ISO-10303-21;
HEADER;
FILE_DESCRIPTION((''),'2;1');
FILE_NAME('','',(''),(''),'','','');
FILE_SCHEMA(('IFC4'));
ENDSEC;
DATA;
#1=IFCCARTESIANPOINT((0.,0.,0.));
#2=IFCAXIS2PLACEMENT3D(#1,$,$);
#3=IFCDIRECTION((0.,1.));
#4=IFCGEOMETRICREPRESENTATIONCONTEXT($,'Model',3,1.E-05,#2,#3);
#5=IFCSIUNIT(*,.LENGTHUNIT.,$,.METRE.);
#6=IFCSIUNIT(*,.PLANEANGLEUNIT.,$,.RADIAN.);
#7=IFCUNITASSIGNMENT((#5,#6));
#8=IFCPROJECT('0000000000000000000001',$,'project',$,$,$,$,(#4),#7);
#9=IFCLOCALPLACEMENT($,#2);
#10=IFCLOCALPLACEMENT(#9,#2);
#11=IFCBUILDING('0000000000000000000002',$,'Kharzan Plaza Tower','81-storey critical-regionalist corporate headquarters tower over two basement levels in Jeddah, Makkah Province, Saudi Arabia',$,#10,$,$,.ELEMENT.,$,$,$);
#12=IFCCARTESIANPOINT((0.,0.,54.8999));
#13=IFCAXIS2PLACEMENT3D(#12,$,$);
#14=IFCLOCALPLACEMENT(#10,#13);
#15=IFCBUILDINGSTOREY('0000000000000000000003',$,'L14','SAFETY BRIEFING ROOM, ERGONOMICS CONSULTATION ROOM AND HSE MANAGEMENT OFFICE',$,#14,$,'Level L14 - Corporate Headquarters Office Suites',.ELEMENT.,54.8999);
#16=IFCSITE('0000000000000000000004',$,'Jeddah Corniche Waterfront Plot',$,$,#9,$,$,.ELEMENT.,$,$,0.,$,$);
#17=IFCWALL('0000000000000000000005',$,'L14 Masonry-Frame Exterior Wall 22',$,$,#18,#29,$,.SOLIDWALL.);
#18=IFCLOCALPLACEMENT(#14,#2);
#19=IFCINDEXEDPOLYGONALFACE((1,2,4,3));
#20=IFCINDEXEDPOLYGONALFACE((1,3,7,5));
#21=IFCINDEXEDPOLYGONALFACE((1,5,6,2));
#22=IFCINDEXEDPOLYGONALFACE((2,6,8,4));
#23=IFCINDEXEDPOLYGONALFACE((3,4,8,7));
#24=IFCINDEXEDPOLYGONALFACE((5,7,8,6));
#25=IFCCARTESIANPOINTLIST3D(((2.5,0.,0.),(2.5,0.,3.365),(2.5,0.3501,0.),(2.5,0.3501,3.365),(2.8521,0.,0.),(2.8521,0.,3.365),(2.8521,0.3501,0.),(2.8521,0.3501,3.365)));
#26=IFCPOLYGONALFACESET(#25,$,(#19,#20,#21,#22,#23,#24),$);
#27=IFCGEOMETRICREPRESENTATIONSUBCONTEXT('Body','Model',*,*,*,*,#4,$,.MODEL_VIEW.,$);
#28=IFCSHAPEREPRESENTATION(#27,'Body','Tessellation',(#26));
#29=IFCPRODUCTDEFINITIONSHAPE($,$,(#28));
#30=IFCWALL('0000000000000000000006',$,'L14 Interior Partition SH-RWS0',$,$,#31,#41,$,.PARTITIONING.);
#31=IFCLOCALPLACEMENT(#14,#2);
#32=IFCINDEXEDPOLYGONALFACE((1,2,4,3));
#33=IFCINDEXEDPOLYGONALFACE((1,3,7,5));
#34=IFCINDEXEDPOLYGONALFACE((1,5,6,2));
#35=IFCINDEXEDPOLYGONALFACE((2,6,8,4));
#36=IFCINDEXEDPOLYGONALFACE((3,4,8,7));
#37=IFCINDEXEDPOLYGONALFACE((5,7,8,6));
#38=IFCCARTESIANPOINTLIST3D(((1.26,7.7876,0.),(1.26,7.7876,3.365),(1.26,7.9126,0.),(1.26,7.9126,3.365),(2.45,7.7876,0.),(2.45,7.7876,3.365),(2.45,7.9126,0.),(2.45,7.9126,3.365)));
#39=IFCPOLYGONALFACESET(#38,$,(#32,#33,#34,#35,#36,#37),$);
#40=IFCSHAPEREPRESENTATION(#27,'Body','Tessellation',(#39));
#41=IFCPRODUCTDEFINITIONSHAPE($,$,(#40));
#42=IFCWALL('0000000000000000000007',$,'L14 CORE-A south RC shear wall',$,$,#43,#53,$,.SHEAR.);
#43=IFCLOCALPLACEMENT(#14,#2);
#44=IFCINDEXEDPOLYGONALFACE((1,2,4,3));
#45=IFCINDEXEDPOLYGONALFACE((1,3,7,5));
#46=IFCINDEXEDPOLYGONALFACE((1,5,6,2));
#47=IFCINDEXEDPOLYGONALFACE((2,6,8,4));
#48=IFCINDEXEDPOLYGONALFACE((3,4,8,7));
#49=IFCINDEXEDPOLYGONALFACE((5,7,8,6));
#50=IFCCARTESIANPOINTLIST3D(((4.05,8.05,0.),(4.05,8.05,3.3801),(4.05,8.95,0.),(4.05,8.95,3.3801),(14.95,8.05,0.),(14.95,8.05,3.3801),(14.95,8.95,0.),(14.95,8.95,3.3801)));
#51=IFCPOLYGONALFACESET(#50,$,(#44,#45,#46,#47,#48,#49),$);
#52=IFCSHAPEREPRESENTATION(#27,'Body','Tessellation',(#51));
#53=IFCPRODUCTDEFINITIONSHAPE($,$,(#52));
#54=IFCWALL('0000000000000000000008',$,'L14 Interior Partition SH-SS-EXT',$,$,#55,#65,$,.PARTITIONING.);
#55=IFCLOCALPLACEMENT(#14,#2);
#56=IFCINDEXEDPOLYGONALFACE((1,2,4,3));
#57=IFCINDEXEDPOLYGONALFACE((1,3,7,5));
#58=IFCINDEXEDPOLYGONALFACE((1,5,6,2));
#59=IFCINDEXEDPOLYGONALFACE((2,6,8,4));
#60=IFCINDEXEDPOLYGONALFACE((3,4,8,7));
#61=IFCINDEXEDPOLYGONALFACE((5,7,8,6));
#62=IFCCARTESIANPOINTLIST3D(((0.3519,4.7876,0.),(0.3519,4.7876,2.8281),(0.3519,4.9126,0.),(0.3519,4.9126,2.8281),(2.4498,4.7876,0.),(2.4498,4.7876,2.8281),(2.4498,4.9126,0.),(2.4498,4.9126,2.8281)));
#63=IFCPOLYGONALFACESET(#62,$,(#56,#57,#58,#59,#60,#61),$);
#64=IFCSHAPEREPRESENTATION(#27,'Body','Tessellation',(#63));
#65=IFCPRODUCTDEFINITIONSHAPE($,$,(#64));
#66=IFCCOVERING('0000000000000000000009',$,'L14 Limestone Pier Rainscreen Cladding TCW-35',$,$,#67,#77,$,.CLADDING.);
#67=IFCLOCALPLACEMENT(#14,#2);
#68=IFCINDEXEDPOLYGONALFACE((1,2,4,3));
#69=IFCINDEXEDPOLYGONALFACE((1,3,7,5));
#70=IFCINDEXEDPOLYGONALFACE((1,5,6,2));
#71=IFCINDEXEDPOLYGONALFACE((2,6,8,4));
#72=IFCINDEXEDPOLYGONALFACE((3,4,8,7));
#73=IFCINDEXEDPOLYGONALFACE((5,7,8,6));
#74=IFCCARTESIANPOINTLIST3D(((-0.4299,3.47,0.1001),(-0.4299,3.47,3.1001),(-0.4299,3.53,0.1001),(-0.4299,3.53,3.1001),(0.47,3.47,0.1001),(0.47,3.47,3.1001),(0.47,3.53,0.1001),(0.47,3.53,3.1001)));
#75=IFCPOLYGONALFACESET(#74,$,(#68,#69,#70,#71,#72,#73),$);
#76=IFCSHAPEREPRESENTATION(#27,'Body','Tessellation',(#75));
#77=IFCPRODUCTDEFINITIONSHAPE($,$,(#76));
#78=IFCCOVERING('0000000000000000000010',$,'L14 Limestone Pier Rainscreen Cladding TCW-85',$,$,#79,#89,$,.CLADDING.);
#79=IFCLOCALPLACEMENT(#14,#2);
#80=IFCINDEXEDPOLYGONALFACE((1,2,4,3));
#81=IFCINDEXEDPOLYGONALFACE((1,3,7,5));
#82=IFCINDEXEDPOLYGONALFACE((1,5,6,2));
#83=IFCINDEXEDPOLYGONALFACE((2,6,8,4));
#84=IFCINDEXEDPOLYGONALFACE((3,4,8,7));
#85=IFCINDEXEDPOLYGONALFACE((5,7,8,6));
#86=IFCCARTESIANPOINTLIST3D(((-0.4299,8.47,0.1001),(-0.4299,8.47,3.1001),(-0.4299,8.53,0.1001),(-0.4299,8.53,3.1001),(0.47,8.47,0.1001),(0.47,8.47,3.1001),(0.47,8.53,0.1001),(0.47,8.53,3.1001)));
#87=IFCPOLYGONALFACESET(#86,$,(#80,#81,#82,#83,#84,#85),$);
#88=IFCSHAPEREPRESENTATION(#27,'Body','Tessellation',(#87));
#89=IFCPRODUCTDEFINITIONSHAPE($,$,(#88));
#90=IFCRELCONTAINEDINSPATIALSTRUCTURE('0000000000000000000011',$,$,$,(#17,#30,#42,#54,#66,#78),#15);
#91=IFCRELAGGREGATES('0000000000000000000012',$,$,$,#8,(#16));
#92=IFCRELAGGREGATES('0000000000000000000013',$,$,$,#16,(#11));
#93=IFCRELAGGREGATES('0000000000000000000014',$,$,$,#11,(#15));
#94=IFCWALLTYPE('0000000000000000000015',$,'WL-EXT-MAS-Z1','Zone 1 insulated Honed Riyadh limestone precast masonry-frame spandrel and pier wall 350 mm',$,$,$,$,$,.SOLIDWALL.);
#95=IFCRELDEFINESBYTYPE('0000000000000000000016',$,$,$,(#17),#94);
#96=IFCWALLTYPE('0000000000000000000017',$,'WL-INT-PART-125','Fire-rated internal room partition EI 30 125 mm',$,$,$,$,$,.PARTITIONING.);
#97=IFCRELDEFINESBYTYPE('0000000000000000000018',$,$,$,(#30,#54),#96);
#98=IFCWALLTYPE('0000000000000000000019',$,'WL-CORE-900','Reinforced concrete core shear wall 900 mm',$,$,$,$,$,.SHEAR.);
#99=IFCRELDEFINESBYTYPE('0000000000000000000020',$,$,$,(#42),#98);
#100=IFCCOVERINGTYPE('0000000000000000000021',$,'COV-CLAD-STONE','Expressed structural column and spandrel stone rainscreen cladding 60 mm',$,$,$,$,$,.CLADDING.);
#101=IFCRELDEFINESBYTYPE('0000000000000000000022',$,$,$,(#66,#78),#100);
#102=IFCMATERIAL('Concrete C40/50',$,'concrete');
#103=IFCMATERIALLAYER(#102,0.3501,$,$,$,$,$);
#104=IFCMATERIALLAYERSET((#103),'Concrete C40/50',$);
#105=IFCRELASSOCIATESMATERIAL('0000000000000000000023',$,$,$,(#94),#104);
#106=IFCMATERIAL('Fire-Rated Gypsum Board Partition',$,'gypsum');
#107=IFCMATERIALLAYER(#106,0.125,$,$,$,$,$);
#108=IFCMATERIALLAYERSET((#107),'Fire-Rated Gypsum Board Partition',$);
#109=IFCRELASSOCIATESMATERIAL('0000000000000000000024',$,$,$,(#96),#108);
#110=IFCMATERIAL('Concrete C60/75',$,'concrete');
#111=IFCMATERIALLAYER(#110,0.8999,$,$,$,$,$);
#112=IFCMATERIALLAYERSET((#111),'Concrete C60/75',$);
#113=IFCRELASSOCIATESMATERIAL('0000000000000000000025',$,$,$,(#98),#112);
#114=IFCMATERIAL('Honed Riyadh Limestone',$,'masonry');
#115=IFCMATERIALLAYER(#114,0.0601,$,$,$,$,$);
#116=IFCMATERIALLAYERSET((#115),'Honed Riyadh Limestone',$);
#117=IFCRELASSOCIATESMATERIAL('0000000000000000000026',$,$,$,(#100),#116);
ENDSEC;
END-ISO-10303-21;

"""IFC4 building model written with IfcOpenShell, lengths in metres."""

from ifc_helpers import new_model, si_unit, direction, frame, frame_2d, origin, origin_2d, place, context, subcontext, project, spatial, rectangle, extrude, source, transform, mapped, material, layer, layer_set, type_object, element, save


model = new_model("IFC4")

# Units and contexts
model_context = context("Model", 3, precision=1e-05, world=origin(), true_north=direction((0.0, 1.0)))
body_context = subcontext(model_context, "Body", "Model", "MODEL_VIEW")
ifc_project = project(units=[si_unit("LENGTHUNIT", "METRE"), si_unit("PLANEANGLEUNIT", "RADIAN")], contexts=[model_context])

# Site, building, storey
site_placement = place(None, origin())
site = spatial("IfcSite", under=ifc_project, at=site_placement, Name="Jeddah Corniche Waterfront Plot", CompositionType="ELEMENT", RefElevation=0.0)
building_placement = place(site_placement, origin())
building = spatial("IfcBuilding", under=site, at=building_placement, Name="Kharzan Plaza Tower", Description="81-storey critical-regionalist corporate headquarters tower over two basement levels in Jeddah, Makkah Province, Saudi Arabia", CompositionType="ELEMENT")
storey_placement = place(building_placement, frame((0.0, 0.0, 54.8999)))
storey = spatial("IfcBuildingStorey", under=building, at=storey_placement, Name="L14", Description="SAFETY BRIEFING ROOM, ERGONOMICS CONSULTATION ROOM AND HSE MANAGEMENT OFFICE", LongName="Level L14 - Corporate Headquarters Office Suites", CompositionType="ELEMENT", Elevation=54.8999)

# Shared definitions
ifc_material_1 = material(Name="Concrete C60/75", Category="concrete")

# Shared definitions
ifc_material_2 = material(Name="Concrete C40/50", Category="concrete")

# Shared definitions
ifc_layer_1 = layer(ifc_material_2, 0.3501)
ifc_layer_set_1 = layer_set([ifc_layer_1], Name="Concrete C40/50")
wall_type_1 = type_object("IfcWallType", Name="WL-EXT-MAS-Z1", Description="Zone 1 insulated Honed Riyadh limestone precast masonry-frame spandrel and pier wall 350 mm", PredefinedType="SOLIDWALL", material=ifc_layer_set_1)

# Shared definitions
ifc_material_3 = material(Name="Fire-Rated Gypsum Board Partition", Category="gypsum")
ifc_layer_2 = layer(ifc_material_3, 0.125)
ifc_layer_set_2 = layer_set([ifc_layer_2], Name="Fire-Rated Gypsum Board Partition")
wall_type_2 = type_object("IfcWallType", Name="WL-INT-PART-125", Description="Fire-rated internal room partition EI 30 125 mm", PredefinedType="PARTITIONING", material=ifc_layer_set_2)

# Walls
shared_shape_1 = source(origin(), body_context, "Body", "SweptSolid", [
    extrude(rectangle(XDim=0.3521, YDim=0.3501, at=frame_2d((0.176, 0.0))), origin(), (0.0, 0.0, 1.0), 3.365),
])
wall_1_placement = place(storey_placement, frame((2.5, 0.175, 0.0), z_axis=(0.0, 0.0, 1.0), x_axis=(1.0, 0.0, 0.0)))
element("IfcWall", 1, at=wall_1_placement, inside=storey, type_object=wall_type_1, Name="L14 Masonry-Frame Exterior Wall 22", PredefinedType="SOLIDWALL", context=body_context, shape_type="MappedRepresentation", body=[
    mapped(shared_shape_1, transform((0.0, 0.0, 0.0), x_axis=(1.0, 0.0, 0.0), y_axis=(0.0, 1.0, 0.0), z_axis=(0.0, 0.0, 1.0))),
])
shared_shape_2 = source(origin(), body_context, "Body", "SweptSolid", [
    extrude(rectangle(XDim=1.1899, YDim=0.125, at=frame_2d((0.595, 0.0))), origin(), (0.0, 0.0, 1.0), 3.365),
])
wall_2_placement = place(storey_placement, frame((1.26, 7.8501, 0.0), z_axis=(0.0, 0.0, 1.0), x_axis=(1.0, 0.0, 0.0)))
element("IfcWall", 2, at=wall_2_placement, inside=storey, type_object=wall_type_2, Name="L14 Interior Partition SH-RWS0", PredefinedType="PARTITIONING", context=body_context, shape_type="MappedRepresentation", body=[
    mapped(shared_shape_2, transform((0.0, 0.0, 0.0), x_axis=(1.0, 0.0, 0.0), y_axis=(0.0, 1.0, 0.0), z_axis=(0.0, 0.0, 1.0))),
])
ifc_layer_3 = layer(ifc_material_1, 0.8999)
ifc_layer_set_3 = layer_set([ifc_layer_3], Name="Concrete C60/75")
wall_type_3 = type_object("IfcWallType", Name="WL-CORE-900", Description="Reinforced concrete core shear wall 900 mm", PredefinedType="SHEAR", material=ifc_layer_set_3)
shared_shape_3 = source(origin(), body_context, "Body", "SweptSolid", [
    extrude(rectangle(XDim=10.8999, YDim=0.8999, at=frame_2d((5.45, 0.0))), origin(), (0.0, 0.0, 1.0), 3.3801),
])
wall_3_placement = place(storey_placement, frame((4.05, 8.5, 0.0), z_axis=(0.0, 0.0, 1.0), x_axis=(1.0, 0.0, 0.0)))
element("IfcWall", 3, at=wall_3_placement, inside=storey, type_object=wall_type_3, Name="L14 CORE-A south RC shear wall", PredefinedType="SHEAR", context=body_context, shape_type="MappedRepresentation", body=[
    mapped(shared_shape_3, transform((0.0, 0.0, 0.0), x_axis=(1.0, 0.0, 0.0), y_axis=(0.0, 1.0, 0.0), z_axis=(0.0, 0.0, 1.0))),
])
shared_shape_4 = source(origin(), body_context, "Body", "SweptSolid", [
    extrude(rectangle(XDim=2.0979, YDim=0.125, at=frame_2d((1.0488, 0.0))), origin(), (0.0, 0.0, 1.0), 2.8281),
])
wall_4_placement = place(storey_placement, frame((0.3521, 4.8501, 0.0), z_axis=(0.0, 0.0, 1.0), x_axis=(1.0, 0.0, 0.0)))
element("IfcWall", 4, at=wall_4_placement, inside=storey, type_object=wall_type_2, Name="L14 Interior Partition SH-SS-EXT", PredefinedType="PARTITIONING", context=body_context, shape_type="MappedRepresentation", body=[
    mapped(shared_shape_4, transform((0.0, 0.0, 0.0), x_axis=(1.0, 0.0, 0.0), y_axis=(0.0, 1.0, 0.0), z_axis=(0.0, 0.0, 1.0))),
])

# Coverings
ifc_material_4 = material(Name="Honed Riyadh Limestone", Category="masonry")
ifc_layer_4 = layer(ifc_material_4, 0.0601)
ifc_layer_set_4 = layer_set([ifc_layer_4], Name="Honed Riyadh Limestone")
covering_type = type_object("IfcCoveringType", Name="COV-CLAD-STONE", Description="Expressed structural column and spandrel stone rainscreen cladding 60 mm", PredefinedType="CLADDING", material=ifc_layer_set_4)
shared_shape_5 = source(origin(), body_context, "Body", "SweptSolid", [
    extrude(rectangle(XDim=0.0601, YDim=0.8999, at=origin_2d()), origin(), (0.0, 0.0, 1.0), 3.0),
])
for number, where, z_axis, x_axis, name in (
    (5, (0.02, 3.5, 0.1001), (0.0, 0.0, 1.0), (0.0, 1.0, 0.0), "L14 Limestone Pier Rainscreen Cladding TCW-35"),
    (6, (0.02, 8.5, 0.1001), (0.0, 0.0, 1.0), (0.0, 1.0, 0.0), "L14 Limestone Pier Rainscreen Cladding TCW-85"),
):
    element("IfcCovering", number, at=place(storey_placement, frame(where, z_axis=z_axis, x_axis=x_axis)), inside=storey, type_object=covering_type, Name=name, PredefinedType="CLADDING", context=body_context, shape_type="MappedRepresentation", body=[
        mapped(shared_shape_5, transform((0.0, 0.0, 0.0), x_axis=(1.0, 0.0, 0.0), y_axis=(0.0, 1.0, 0.0), z_axis=(0.0, 0.0, 1.0))),
    ])

save(model, "model.ifc")
